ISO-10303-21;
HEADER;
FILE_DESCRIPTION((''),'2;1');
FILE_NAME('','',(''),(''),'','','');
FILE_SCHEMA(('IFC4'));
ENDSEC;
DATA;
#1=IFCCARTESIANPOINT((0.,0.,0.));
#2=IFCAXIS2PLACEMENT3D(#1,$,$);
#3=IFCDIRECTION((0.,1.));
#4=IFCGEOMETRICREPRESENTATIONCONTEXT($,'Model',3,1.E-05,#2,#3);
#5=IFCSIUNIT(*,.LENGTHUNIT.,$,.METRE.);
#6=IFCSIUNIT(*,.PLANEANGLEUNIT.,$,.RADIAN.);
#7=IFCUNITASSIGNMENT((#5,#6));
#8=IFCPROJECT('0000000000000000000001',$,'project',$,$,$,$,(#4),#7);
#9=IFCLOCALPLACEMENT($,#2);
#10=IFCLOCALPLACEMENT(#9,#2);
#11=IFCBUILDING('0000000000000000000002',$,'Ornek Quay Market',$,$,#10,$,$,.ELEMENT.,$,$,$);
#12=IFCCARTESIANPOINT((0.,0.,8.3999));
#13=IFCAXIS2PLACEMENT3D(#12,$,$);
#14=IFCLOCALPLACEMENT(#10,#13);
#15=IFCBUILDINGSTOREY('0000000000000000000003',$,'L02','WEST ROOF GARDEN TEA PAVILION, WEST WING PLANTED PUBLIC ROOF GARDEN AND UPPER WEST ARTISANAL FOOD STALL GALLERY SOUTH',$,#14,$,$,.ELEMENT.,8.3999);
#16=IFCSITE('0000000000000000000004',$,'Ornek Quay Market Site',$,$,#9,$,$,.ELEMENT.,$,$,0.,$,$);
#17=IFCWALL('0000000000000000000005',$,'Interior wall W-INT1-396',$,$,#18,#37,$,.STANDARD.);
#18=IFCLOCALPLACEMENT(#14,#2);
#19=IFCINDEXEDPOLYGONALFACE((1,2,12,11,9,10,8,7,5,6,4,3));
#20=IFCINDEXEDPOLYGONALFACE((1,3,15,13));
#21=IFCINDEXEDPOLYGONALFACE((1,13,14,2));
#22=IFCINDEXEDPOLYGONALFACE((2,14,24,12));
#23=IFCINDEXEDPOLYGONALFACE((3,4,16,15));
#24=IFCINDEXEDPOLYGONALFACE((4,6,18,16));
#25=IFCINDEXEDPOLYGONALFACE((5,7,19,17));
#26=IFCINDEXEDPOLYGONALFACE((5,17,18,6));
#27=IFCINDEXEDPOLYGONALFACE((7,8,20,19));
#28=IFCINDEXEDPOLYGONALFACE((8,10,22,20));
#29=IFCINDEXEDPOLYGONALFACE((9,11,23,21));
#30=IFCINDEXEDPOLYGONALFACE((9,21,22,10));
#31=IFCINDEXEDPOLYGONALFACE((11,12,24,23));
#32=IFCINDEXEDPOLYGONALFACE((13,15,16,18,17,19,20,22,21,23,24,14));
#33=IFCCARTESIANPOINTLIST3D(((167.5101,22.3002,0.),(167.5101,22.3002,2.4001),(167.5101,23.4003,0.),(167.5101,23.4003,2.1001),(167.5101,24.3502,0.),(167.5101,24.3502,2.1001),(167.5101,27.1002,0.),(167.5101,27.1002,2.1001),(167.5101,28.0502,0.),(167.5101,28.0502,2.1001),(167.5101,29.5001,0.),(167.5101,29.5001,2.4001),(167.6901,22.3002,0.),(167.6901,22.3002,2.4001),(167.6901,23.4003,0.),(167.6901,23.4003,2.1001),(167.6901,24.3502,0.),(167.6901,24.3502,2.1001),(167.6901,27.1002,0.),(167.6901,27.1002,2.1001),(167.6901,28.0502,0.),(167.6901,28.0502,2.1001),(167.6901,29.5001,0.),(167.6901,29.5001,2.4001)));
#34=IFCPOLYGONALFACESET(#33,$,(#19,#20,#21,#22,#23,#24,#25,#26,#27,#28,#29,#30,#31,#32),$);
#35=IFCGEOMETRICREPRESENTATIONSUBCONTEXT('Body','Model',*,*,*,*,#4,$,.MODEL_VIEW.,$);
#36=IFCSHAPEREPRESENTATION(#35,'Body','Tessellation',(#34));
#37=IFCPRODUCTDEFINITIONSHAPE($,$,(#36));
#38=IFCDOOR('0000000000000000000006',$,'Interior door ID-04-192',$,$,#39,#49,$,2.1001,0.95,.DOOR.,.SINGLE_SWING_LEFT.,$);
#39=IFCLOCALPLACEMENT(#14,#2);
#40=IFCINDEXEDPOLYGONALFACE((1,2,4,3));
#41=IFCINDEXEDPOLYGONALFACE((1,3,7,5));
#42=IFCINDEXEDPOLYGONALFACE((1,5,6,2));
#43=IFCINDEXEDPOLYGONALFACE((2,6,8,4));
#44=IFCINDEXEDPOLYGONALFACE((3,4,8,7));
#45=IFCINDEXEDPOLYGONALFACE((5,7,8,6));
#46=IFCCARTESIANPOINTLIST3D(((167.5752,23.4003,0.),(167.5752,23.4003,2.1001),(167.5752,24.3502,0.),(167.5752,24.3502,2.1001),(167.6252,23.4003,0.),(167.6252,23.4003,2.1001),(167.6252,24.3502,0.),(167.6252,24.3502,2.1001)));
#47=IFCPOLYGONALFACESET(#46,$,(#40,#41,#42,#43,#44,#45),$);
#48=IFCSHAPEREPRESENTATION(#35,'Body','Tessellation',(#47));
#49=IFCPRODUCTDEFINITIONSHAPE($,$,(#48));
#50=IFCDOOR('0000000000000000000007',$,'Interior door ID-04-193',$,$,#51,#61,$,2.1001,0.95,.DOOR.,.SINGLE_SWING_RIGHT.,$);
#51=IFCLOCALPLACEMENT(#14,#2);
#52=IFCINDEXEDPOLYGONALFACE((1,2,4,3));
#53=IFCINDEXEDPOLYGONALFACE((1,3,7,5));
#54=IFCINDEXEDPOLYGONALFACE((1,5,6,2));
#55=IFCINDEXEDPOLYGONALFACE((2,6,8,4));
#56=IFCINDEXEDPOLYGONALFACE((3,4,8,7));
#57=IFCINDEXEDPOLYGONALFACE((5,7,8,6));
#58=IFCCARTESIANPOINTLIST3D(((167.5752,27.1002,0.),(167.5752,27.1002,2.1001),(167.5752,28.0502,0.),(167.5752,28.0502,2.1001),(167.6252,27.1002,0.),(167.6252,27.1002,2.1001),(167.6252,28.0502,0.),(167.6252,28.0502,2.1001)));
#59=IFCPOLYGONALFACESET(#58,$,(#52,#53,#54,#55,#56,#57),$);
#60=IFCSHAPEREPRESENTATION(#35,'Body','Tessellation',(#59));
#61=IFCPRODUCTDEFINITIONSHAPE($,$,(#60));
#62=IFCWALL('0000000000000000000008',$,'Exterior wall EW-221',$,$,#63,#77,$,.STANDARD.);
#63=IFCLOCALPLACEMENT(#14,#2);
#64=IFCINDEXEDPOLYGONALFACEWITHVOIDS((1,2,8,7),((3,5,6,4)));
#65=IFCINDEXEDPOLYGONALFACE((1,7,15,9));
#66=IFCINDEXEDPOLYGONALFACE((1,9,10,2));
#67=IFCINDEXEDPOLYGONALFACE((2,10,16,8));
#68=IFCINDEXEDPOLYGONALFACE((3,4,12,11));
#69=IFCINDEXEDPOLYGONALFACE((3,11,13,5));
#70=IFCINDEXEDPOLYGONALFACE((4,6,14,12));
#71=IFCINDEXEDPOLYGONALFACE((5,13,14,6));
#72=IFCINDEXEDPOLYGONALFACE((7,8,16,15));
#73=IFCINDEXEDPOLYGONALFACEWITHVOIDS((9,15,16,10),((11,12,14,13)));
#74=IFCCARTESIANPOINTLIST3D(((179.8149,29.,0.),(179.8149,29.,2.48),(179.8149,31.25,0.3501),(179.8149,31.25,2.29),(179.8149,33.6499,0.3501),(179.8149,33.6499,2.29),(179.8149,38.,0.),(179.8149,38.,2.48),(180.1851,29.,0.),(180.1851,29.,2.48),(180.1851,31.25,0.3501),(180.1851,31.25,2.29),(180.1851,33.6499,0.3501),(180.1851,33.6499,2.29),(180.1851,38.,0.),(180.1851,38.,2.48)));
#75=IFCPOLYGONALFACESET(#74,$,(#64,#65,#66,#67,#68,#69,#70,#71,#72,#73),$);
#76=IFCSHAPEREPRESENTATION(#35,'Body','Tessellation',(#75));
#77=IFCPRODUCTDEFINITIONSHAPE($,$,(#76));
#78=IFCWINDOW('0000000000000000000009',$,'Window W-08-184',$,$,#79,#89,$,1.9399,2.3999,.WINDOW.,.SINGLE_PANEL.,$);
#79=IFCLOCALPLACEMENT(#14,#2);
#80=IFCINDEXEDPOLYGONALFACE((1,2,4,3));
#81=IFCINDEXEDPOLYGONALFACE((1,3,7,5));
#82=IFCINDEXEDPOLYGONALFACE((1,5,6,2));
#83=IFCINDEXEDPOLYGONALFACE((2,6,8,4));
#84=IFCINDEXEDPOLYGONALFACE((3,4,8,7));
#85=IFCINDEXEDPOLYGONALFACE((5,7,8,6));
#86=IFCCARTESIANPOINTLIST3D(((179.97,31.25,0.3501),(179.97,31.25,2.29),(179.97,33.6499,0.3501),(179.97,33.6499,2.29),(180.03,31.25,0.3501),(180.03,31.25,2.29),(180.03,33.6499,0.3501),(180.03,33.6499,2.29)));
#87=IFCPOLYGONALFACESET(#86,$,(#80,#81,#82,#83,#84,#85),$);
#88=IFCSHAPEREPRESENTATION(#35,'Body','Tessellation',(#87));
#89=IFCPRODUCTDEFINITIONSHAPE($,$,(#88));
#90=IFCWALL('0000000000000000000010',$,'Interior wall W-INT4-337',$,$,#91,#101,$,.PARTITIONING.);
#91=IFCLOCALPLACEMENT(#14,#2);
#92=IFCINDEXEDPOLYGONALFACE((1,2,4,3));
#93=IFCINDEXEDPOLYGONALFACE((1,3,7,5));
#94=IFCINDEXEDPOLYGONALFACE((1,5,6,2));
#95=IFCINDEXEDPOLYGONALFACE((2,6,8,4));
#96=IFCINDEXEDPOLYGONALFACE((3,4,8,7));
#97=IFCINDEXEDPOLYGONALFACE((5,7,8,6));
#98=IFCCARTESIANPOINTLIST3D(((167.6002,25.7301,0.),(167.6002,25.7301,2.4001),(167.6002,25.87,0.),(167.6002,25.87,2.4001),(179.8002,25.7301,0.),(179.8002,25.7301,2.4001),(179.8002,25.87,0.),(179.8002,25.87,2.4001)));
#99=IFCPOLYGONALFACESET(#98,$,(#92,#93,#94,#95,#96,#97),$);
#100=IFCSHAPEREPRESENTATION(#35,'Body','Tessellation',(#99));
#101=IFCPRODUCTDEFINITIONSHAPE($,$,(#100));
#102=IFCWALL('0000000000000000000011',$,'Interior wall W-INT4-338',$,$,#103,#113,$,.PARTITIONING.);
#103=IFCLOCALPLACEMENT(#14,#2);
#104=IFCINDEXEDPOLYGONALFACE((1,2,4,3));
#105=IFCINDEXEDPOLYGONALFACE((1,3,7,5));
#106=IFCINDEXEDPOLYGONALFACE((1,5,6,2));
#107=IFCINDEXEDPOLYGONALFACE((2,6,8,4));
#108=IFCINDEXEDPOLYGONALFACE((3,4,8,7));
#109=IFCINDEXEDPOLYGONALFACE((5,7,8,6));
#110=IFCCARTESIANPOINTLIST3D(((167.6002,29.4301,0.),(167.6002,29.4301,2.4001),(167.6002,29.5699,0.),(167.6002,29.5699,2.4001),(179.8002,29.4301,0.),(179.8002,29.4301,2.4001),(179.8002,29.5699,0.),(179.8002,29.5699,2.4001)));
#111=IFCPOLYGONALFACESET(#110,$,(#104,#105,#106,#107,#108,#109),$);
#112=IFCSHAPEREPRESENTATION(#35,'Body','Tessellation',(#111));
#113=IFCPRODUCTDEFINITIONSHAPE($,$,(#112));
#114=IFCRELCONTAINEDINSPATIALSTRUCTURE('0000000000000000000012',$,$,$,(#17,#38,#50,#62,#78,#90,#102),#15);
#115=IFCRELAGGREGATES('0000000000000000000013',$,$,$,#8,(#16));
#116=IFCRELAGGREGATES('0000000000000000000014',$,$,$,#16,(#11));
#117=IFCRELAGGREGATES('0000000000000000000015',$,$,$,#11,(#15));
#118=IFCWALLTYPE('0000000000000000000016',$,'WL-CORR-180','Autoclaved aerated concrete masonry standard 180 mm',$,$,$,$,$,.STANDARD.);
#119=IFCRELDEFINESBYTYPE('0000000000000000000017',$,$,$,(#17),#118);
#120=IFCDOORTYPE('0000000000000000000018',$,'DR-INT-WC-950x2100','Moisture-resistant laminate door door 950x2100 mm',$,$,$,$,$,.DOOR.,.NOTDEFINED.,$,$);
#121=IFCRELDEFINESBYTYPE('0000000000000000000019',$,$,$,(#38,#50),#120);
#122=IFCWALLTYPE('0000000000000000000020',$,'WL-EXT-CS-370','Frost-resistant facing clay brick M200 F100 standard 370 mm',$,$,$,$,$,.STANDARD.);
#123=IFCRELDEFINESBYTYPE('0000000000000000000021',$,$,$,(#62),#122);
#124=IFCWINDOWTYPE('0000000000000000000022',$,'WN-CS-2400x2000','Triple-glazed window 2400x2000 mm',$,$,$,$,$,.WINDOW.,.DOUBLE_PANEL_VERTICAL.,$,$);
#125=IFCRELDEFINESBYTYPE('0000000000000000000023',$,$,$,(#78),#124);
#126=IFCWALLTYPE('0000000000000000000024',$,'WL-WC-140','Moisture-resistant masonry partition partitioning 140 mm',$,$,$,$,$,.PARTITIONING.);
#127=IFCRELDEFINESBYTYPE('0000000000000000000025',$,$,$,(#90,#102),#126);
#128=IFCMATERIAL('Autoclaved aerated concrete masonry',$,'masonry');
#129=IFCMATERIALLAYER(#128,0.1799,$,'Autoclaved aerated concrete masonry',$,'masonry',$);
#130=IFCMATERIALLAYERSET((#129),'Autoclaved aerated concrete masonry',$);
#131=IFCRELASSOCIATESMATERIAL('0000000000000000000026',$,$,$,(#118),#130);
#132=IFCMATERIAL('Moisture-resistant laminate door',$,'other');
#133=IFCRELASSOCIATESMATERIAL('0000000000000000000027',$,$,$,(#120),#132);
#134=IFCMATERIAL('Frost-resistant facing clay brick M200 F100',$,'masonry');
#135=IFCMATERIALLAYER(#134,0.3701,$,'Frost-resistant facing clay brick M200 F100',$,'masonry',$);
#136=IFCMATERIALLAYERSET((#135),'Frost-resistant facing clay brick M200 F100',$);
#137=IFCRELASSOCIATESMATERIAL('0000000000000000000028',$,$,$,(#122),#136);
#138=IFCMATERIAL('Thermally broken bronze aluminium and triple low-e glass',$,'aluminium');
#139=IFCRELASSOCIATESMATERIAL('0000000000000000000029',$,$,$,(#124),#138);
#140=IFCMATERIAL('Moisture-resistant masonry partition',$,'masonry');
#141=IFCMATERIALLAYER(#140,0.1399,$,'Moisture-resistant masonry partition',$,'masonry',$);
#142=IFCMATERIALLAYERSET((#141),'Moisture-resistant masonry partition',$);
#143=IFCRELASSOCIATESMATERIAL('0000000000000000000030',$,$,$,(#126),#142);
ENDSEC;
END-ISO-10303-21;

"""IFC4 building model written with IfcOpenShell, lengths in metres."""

from ifc_helpers import new_model, si_unit, direction, frame, frame_2d, origin, place, context, subcontext, project, spatial, rectangle, extrude, material, layer, layer_set, type_object, element, fill, save


model = new_model("IFC4")

# Units and contexts
model_context = context("Model", 3, precision=1e-05, world=origin(), true_north=direction((0.0, 1.0)))
body_context = subcontext(model_context, "Body", "Model", "MODEL_VIEW")
ifc_project = project(units=[si_unit("LENGTHUNIT", "METRE"), si_unit("PLANEANGLEUNIT", "RADIAN")], contexts=[model_context])

# Site, building, storey
site_placement = place(None, origin())
site = spatial("IfcSite", under=ifc_project, at=site_placement, Name="Ornek Quay Market Site", CompositionType="ELEMENT", RefElevation=0.0)
building_placement = place(site_placement, origin())
building = spatial("IfcBuilding", under=site, at=building_placement, Name="Ornek Quay Market", CompositionType="ELEMENT")
storey_placement = place(building_placement, frame((0.0, 0.0, 8.3999)))
storey = spatial("IfcBuildingStorey", under=building, at=storey_placement, Name="L02", Description="WEST ROOF GARDEN TEA PAVILION, WEST WING PLANTED PUBLIC ROOF GARDEN AND UPPER WEST ARTISANAL FOOD STALL GALLERY SOUTH", CompositionType="ELEMENT", Elevation=8.3999)

# Wall, openings, doors
ifc_material_1 = material(Name="Autoclaved aerated concrete masonry", Category="masonry")
ifc_layer_1 = layer(ifc_material_1, 0.1799, Name="Autoclaved aerated concrete masonry", Category="masonry")
ifc_layer_set_1 = layer_set([ifc_layer_1], Name="Autoclaved aerated concrete masonry")
wall_type_1 = type_object("IfcWallType", Name="WL-CORR-180", Description="Autoclaved aerated concrete masonry standard 180 mm", PredefinedType="STANDARD", material=ifc_layer_set_1)
wall_1_placement = place(storey_placement, frame((167.6001, 22.3, 0.0), z_axis=(0.0, 0.0, 1.0), x_axis=(0.0, 1.0, 0.0)))
wall_1 = element("IfcWall", 1, at=wall_1_placement, inside=storey, type_object=wall_type_1, Name="Interior wall W-INT1-396", PredefinedType="STANDARD", context=body_context, shape_type="SweptSolid", body=[
    extrude(rectangle(XDim=7.2, YDim=0.1799, at=frame_2d((3.6001, 0.0))), origin(), (0.0, 0.0, 1.0), 2.4001),
])
opening_1_placement = place(wall_1_placement, frame((1.1001, 0.0, 0.0)))
opening_1 = element("IfcOpeningElement", 2, at=opening_1_placement, cuts=wall_1, PredefinedType="OPENING", context=body_context, shape_type="SweptSolid", body=[
    extrude(rectangle(XDim=0.95, YDim=2.1001, at=frame_2d((0.4751, 1.05))), frame((0.0, 0.0999, 0.0), z_axis=(0.0, -1.0, 0.0), x_axis=(1.0, 0.0, 0.0)), (0.0, 0.0, 1.0), 0.2),
])
opening_2_placement = place(wall_1_placement, frame((4.8, 0.0, 0.0)))
opening_2 = element("IfcOpeningElement", 3, at=opening_2_placement, cuts=wall_1, PredefinedType="OPENING", context=body_context, shape_type="SweptSolid", body=[
    extrude(rectangle(XDim=0.95, YDim=2.1001, at=frame_2d((0.4751, 1.05))), frame((0.0, 0.0999, 0.0), z_axis=(0.0, -1.0, 0.0), x_axis=(1.0, 0.0, 0.0)), (0.0, 0.0, 1.0), 0.2),
])
ifc_material_2 = material(Name="Moisture-resistant laminate door", Category="other")
door_type = type_object("IfcDoorType", Name="DR-INT-WC-950x2100", Description="Moisture-resistant laminate door door 950x2100 mm", OperationType="NOTDEFINED", PredefinedType="DOOR", material=ifc_material_2)
door_1_placement = place(opening_1_placement, origin())
door_1 = element("IfcDoor", 4, at=door_1_placement, inside=storey, type_object=door_type, Name="Interior door ID-04-192", OperationType="SINGLE_SWING_LEFT", OverallHeight=2.1001, OverallWidth=0.95, PredefinedType="DOOR", context=body_context, shape_type="SweptSolid", body=[
    extrude(rectangle(XDim=0.95, YDim=2.1001, at=frame_2d((0.4751, 1.05))), frame((0.0, 0.0249, 0.0), z_axis=(0.0, -1.0, 0.0), x_axis=(1.0, 0.0, 0.0)), (0.0, 0.0, 1.0), 0.05),
])
fill(opening_1, door_1)
door_2_placement = place(opening_2_placement, origin())
door_2 = element("IfcDoor", 5, at=door_2_placement, inside=storey, type_object=door_type, Name="Interior door ID-04-193", OperationType="SINGLE_SWING_RIGHT", OverallHeight=2.1001, OverallWidth=0.95, PredefinedType="DOOR", context=body_context, shape_type="SweptSolid", body=[
    extrude(rectangle(XDim=0.95, YDim=2.1001, at=frame_2d((0.4751, 1.05))), frame((0.0, 0.0249, 0.0), z_axis=(0.0, -1.0, 0.0), x_axis=(1.0, 0.0, 0.0)), (0.0, 0.0, 1.0), 0.05),
])
fill(opening_2, door_2)

# Wall, opening, window
ifc_material_3 = material(Name="Frost-resistant facing clay brick M200 F100", Category="masonry")
ifc_layer_2 = layer(ifc_material_3, 0.3701, Name="Frost-resistant facing clay brick M200 F100", Category="masonry")
ifc_layer_set_2 = layer_set([ifc_layer_2], Name="Frost-resistant facing clay brick M200 F100")
wall_type_2 = type_object("IfcWallType", Name="WL-EXT-CS-370", Description="Frost-resistant facing clay brick M200 F100 standard 370 mm", PredefinedType="STANDARD", material=ifc_layer_set_2)
wall_2_placement = place(storey_placement, frame((180.0, 29.0, 0.0), z_axis=(0.0, 0.0, 1.0), x_axis=(0.0, 1.0, 0.0)))
wall_2 = element("IfcWall", 6, at=wall_2_placement, inside=storey, type_object=wall_type_2, Name="Exterior wall EW-221", PredefinedType="STANDARD", context=body_context, shape_type="SweptSolid", body=[
    extrude(rectangle(XDim=9.0, YDim=0.3701, at=frame_2d((4.5, 0.0))), origin(), (0.0, 0.0, 1.0), 2.48),
])
opening_3_placement = place(wall_2_placement, frame((2.25, 0.0, 0.3501)))
opening_3 = element("IfcOpeningElement", 7, at=opening_3_placement, cuts=wall_2, PredefinedType="OPENING", context=body_context, shape_type="SweptSolid", body=[
    extrude(rectangle(XDim=2.3999, YDim=1.9399, at=frame_2d((1.2, 0.97))), frame((0.0, 0.1951, 0.0), z_axis=(0.0, -1.0, 0.0), x_axis=(1.0, 0.0, 0.0)), (0.0, 0.0, 1.0), 0.3901),
])
ifc_material_4 = material(Name="Thermally broken bronze aluminium and triple low-e glass", Category="aluminium")
window_type = type_object("IfcWindowType", Name="WN-CS-2400x2000", Description="Triple-glazed window 2400x2000 mm", PartitioningType="DOUBLE_PANEL_VERTICAL", PredefinedType="WINDOW", material=ifc_material_4)
window_placement = place(opening_3_placement, origin())
window = element("IfcWindow", 8, at=window_placement, inside=storey, type_object=window_type, Name="Window W-08-184", OverallHeight=1.9399, OverallWidth=2.3999, PartitioningType="SINGLE_PANEL", PredefinedType="WINDOW", context=body_context, shape_type="SweptSolid", body=[
    extrude(rectangle(XDim=2.3999, YDim=1.9399, at=frame_2d((1.2, 0.97))), frame((0.0, 0.03, 0.0), z_axis=(0.0, -1.0, 0.0), x_axis=(1.0, 0.0, 0.0)), (0.0, 0.0, 1.0), 0.0601),
])
fill(opening_3, window)

# Walls
ifc_material_5 = material(Name="Moisture-resistant masonry partition", Category="masonry")
ifc_layer_3 = layer(ifc_material_5, 0.1399, Name="Moisture-resistant masonry partition", Category="masonry")
ifc_layer_set_3 = layer_set([ifc_layer_3], Name="Moisture-resistant masonry partition")
wall_type_3 = type_object("IfcWallType", Name="WL-WC-140", Description="Moisture-resistant masonry partition partitioning 140 mm", PredefinedType="PARTITIONING", material=ifc_layer_set_3)
for number, where, z_axis, x_axis, name in (
    (9, (167.6001, 25.8, 0.0), (0.0, 0.0, 1.0), (1.0, 0.0, 0.0), "Interior wall W-INT4-337"),
    (10, (167.6001, 29.5, 0.0), (0.0, 0.0, 1.0), (1.0, 0.0, 0.0), "Interior wall W-INT4-338"),
):
    element("IfcWall", number, at=place(storey_placement, frame(where, z_axis=z_axis, x_axis=x_axis)), inside=storey, type_object=wall_type_3, Name=name, PredefinedType="PARTITIONING", context=body_context, shape_type="SweptSolid", body=[
        extrude(rectangle(XDim=12.2, YDim=0.1399, at=frame_2d((6.1001, 0.0))), origin(), (0.0, 0.0, 1.0), 2.4001),
    ])

save(model, "model.ifc")
